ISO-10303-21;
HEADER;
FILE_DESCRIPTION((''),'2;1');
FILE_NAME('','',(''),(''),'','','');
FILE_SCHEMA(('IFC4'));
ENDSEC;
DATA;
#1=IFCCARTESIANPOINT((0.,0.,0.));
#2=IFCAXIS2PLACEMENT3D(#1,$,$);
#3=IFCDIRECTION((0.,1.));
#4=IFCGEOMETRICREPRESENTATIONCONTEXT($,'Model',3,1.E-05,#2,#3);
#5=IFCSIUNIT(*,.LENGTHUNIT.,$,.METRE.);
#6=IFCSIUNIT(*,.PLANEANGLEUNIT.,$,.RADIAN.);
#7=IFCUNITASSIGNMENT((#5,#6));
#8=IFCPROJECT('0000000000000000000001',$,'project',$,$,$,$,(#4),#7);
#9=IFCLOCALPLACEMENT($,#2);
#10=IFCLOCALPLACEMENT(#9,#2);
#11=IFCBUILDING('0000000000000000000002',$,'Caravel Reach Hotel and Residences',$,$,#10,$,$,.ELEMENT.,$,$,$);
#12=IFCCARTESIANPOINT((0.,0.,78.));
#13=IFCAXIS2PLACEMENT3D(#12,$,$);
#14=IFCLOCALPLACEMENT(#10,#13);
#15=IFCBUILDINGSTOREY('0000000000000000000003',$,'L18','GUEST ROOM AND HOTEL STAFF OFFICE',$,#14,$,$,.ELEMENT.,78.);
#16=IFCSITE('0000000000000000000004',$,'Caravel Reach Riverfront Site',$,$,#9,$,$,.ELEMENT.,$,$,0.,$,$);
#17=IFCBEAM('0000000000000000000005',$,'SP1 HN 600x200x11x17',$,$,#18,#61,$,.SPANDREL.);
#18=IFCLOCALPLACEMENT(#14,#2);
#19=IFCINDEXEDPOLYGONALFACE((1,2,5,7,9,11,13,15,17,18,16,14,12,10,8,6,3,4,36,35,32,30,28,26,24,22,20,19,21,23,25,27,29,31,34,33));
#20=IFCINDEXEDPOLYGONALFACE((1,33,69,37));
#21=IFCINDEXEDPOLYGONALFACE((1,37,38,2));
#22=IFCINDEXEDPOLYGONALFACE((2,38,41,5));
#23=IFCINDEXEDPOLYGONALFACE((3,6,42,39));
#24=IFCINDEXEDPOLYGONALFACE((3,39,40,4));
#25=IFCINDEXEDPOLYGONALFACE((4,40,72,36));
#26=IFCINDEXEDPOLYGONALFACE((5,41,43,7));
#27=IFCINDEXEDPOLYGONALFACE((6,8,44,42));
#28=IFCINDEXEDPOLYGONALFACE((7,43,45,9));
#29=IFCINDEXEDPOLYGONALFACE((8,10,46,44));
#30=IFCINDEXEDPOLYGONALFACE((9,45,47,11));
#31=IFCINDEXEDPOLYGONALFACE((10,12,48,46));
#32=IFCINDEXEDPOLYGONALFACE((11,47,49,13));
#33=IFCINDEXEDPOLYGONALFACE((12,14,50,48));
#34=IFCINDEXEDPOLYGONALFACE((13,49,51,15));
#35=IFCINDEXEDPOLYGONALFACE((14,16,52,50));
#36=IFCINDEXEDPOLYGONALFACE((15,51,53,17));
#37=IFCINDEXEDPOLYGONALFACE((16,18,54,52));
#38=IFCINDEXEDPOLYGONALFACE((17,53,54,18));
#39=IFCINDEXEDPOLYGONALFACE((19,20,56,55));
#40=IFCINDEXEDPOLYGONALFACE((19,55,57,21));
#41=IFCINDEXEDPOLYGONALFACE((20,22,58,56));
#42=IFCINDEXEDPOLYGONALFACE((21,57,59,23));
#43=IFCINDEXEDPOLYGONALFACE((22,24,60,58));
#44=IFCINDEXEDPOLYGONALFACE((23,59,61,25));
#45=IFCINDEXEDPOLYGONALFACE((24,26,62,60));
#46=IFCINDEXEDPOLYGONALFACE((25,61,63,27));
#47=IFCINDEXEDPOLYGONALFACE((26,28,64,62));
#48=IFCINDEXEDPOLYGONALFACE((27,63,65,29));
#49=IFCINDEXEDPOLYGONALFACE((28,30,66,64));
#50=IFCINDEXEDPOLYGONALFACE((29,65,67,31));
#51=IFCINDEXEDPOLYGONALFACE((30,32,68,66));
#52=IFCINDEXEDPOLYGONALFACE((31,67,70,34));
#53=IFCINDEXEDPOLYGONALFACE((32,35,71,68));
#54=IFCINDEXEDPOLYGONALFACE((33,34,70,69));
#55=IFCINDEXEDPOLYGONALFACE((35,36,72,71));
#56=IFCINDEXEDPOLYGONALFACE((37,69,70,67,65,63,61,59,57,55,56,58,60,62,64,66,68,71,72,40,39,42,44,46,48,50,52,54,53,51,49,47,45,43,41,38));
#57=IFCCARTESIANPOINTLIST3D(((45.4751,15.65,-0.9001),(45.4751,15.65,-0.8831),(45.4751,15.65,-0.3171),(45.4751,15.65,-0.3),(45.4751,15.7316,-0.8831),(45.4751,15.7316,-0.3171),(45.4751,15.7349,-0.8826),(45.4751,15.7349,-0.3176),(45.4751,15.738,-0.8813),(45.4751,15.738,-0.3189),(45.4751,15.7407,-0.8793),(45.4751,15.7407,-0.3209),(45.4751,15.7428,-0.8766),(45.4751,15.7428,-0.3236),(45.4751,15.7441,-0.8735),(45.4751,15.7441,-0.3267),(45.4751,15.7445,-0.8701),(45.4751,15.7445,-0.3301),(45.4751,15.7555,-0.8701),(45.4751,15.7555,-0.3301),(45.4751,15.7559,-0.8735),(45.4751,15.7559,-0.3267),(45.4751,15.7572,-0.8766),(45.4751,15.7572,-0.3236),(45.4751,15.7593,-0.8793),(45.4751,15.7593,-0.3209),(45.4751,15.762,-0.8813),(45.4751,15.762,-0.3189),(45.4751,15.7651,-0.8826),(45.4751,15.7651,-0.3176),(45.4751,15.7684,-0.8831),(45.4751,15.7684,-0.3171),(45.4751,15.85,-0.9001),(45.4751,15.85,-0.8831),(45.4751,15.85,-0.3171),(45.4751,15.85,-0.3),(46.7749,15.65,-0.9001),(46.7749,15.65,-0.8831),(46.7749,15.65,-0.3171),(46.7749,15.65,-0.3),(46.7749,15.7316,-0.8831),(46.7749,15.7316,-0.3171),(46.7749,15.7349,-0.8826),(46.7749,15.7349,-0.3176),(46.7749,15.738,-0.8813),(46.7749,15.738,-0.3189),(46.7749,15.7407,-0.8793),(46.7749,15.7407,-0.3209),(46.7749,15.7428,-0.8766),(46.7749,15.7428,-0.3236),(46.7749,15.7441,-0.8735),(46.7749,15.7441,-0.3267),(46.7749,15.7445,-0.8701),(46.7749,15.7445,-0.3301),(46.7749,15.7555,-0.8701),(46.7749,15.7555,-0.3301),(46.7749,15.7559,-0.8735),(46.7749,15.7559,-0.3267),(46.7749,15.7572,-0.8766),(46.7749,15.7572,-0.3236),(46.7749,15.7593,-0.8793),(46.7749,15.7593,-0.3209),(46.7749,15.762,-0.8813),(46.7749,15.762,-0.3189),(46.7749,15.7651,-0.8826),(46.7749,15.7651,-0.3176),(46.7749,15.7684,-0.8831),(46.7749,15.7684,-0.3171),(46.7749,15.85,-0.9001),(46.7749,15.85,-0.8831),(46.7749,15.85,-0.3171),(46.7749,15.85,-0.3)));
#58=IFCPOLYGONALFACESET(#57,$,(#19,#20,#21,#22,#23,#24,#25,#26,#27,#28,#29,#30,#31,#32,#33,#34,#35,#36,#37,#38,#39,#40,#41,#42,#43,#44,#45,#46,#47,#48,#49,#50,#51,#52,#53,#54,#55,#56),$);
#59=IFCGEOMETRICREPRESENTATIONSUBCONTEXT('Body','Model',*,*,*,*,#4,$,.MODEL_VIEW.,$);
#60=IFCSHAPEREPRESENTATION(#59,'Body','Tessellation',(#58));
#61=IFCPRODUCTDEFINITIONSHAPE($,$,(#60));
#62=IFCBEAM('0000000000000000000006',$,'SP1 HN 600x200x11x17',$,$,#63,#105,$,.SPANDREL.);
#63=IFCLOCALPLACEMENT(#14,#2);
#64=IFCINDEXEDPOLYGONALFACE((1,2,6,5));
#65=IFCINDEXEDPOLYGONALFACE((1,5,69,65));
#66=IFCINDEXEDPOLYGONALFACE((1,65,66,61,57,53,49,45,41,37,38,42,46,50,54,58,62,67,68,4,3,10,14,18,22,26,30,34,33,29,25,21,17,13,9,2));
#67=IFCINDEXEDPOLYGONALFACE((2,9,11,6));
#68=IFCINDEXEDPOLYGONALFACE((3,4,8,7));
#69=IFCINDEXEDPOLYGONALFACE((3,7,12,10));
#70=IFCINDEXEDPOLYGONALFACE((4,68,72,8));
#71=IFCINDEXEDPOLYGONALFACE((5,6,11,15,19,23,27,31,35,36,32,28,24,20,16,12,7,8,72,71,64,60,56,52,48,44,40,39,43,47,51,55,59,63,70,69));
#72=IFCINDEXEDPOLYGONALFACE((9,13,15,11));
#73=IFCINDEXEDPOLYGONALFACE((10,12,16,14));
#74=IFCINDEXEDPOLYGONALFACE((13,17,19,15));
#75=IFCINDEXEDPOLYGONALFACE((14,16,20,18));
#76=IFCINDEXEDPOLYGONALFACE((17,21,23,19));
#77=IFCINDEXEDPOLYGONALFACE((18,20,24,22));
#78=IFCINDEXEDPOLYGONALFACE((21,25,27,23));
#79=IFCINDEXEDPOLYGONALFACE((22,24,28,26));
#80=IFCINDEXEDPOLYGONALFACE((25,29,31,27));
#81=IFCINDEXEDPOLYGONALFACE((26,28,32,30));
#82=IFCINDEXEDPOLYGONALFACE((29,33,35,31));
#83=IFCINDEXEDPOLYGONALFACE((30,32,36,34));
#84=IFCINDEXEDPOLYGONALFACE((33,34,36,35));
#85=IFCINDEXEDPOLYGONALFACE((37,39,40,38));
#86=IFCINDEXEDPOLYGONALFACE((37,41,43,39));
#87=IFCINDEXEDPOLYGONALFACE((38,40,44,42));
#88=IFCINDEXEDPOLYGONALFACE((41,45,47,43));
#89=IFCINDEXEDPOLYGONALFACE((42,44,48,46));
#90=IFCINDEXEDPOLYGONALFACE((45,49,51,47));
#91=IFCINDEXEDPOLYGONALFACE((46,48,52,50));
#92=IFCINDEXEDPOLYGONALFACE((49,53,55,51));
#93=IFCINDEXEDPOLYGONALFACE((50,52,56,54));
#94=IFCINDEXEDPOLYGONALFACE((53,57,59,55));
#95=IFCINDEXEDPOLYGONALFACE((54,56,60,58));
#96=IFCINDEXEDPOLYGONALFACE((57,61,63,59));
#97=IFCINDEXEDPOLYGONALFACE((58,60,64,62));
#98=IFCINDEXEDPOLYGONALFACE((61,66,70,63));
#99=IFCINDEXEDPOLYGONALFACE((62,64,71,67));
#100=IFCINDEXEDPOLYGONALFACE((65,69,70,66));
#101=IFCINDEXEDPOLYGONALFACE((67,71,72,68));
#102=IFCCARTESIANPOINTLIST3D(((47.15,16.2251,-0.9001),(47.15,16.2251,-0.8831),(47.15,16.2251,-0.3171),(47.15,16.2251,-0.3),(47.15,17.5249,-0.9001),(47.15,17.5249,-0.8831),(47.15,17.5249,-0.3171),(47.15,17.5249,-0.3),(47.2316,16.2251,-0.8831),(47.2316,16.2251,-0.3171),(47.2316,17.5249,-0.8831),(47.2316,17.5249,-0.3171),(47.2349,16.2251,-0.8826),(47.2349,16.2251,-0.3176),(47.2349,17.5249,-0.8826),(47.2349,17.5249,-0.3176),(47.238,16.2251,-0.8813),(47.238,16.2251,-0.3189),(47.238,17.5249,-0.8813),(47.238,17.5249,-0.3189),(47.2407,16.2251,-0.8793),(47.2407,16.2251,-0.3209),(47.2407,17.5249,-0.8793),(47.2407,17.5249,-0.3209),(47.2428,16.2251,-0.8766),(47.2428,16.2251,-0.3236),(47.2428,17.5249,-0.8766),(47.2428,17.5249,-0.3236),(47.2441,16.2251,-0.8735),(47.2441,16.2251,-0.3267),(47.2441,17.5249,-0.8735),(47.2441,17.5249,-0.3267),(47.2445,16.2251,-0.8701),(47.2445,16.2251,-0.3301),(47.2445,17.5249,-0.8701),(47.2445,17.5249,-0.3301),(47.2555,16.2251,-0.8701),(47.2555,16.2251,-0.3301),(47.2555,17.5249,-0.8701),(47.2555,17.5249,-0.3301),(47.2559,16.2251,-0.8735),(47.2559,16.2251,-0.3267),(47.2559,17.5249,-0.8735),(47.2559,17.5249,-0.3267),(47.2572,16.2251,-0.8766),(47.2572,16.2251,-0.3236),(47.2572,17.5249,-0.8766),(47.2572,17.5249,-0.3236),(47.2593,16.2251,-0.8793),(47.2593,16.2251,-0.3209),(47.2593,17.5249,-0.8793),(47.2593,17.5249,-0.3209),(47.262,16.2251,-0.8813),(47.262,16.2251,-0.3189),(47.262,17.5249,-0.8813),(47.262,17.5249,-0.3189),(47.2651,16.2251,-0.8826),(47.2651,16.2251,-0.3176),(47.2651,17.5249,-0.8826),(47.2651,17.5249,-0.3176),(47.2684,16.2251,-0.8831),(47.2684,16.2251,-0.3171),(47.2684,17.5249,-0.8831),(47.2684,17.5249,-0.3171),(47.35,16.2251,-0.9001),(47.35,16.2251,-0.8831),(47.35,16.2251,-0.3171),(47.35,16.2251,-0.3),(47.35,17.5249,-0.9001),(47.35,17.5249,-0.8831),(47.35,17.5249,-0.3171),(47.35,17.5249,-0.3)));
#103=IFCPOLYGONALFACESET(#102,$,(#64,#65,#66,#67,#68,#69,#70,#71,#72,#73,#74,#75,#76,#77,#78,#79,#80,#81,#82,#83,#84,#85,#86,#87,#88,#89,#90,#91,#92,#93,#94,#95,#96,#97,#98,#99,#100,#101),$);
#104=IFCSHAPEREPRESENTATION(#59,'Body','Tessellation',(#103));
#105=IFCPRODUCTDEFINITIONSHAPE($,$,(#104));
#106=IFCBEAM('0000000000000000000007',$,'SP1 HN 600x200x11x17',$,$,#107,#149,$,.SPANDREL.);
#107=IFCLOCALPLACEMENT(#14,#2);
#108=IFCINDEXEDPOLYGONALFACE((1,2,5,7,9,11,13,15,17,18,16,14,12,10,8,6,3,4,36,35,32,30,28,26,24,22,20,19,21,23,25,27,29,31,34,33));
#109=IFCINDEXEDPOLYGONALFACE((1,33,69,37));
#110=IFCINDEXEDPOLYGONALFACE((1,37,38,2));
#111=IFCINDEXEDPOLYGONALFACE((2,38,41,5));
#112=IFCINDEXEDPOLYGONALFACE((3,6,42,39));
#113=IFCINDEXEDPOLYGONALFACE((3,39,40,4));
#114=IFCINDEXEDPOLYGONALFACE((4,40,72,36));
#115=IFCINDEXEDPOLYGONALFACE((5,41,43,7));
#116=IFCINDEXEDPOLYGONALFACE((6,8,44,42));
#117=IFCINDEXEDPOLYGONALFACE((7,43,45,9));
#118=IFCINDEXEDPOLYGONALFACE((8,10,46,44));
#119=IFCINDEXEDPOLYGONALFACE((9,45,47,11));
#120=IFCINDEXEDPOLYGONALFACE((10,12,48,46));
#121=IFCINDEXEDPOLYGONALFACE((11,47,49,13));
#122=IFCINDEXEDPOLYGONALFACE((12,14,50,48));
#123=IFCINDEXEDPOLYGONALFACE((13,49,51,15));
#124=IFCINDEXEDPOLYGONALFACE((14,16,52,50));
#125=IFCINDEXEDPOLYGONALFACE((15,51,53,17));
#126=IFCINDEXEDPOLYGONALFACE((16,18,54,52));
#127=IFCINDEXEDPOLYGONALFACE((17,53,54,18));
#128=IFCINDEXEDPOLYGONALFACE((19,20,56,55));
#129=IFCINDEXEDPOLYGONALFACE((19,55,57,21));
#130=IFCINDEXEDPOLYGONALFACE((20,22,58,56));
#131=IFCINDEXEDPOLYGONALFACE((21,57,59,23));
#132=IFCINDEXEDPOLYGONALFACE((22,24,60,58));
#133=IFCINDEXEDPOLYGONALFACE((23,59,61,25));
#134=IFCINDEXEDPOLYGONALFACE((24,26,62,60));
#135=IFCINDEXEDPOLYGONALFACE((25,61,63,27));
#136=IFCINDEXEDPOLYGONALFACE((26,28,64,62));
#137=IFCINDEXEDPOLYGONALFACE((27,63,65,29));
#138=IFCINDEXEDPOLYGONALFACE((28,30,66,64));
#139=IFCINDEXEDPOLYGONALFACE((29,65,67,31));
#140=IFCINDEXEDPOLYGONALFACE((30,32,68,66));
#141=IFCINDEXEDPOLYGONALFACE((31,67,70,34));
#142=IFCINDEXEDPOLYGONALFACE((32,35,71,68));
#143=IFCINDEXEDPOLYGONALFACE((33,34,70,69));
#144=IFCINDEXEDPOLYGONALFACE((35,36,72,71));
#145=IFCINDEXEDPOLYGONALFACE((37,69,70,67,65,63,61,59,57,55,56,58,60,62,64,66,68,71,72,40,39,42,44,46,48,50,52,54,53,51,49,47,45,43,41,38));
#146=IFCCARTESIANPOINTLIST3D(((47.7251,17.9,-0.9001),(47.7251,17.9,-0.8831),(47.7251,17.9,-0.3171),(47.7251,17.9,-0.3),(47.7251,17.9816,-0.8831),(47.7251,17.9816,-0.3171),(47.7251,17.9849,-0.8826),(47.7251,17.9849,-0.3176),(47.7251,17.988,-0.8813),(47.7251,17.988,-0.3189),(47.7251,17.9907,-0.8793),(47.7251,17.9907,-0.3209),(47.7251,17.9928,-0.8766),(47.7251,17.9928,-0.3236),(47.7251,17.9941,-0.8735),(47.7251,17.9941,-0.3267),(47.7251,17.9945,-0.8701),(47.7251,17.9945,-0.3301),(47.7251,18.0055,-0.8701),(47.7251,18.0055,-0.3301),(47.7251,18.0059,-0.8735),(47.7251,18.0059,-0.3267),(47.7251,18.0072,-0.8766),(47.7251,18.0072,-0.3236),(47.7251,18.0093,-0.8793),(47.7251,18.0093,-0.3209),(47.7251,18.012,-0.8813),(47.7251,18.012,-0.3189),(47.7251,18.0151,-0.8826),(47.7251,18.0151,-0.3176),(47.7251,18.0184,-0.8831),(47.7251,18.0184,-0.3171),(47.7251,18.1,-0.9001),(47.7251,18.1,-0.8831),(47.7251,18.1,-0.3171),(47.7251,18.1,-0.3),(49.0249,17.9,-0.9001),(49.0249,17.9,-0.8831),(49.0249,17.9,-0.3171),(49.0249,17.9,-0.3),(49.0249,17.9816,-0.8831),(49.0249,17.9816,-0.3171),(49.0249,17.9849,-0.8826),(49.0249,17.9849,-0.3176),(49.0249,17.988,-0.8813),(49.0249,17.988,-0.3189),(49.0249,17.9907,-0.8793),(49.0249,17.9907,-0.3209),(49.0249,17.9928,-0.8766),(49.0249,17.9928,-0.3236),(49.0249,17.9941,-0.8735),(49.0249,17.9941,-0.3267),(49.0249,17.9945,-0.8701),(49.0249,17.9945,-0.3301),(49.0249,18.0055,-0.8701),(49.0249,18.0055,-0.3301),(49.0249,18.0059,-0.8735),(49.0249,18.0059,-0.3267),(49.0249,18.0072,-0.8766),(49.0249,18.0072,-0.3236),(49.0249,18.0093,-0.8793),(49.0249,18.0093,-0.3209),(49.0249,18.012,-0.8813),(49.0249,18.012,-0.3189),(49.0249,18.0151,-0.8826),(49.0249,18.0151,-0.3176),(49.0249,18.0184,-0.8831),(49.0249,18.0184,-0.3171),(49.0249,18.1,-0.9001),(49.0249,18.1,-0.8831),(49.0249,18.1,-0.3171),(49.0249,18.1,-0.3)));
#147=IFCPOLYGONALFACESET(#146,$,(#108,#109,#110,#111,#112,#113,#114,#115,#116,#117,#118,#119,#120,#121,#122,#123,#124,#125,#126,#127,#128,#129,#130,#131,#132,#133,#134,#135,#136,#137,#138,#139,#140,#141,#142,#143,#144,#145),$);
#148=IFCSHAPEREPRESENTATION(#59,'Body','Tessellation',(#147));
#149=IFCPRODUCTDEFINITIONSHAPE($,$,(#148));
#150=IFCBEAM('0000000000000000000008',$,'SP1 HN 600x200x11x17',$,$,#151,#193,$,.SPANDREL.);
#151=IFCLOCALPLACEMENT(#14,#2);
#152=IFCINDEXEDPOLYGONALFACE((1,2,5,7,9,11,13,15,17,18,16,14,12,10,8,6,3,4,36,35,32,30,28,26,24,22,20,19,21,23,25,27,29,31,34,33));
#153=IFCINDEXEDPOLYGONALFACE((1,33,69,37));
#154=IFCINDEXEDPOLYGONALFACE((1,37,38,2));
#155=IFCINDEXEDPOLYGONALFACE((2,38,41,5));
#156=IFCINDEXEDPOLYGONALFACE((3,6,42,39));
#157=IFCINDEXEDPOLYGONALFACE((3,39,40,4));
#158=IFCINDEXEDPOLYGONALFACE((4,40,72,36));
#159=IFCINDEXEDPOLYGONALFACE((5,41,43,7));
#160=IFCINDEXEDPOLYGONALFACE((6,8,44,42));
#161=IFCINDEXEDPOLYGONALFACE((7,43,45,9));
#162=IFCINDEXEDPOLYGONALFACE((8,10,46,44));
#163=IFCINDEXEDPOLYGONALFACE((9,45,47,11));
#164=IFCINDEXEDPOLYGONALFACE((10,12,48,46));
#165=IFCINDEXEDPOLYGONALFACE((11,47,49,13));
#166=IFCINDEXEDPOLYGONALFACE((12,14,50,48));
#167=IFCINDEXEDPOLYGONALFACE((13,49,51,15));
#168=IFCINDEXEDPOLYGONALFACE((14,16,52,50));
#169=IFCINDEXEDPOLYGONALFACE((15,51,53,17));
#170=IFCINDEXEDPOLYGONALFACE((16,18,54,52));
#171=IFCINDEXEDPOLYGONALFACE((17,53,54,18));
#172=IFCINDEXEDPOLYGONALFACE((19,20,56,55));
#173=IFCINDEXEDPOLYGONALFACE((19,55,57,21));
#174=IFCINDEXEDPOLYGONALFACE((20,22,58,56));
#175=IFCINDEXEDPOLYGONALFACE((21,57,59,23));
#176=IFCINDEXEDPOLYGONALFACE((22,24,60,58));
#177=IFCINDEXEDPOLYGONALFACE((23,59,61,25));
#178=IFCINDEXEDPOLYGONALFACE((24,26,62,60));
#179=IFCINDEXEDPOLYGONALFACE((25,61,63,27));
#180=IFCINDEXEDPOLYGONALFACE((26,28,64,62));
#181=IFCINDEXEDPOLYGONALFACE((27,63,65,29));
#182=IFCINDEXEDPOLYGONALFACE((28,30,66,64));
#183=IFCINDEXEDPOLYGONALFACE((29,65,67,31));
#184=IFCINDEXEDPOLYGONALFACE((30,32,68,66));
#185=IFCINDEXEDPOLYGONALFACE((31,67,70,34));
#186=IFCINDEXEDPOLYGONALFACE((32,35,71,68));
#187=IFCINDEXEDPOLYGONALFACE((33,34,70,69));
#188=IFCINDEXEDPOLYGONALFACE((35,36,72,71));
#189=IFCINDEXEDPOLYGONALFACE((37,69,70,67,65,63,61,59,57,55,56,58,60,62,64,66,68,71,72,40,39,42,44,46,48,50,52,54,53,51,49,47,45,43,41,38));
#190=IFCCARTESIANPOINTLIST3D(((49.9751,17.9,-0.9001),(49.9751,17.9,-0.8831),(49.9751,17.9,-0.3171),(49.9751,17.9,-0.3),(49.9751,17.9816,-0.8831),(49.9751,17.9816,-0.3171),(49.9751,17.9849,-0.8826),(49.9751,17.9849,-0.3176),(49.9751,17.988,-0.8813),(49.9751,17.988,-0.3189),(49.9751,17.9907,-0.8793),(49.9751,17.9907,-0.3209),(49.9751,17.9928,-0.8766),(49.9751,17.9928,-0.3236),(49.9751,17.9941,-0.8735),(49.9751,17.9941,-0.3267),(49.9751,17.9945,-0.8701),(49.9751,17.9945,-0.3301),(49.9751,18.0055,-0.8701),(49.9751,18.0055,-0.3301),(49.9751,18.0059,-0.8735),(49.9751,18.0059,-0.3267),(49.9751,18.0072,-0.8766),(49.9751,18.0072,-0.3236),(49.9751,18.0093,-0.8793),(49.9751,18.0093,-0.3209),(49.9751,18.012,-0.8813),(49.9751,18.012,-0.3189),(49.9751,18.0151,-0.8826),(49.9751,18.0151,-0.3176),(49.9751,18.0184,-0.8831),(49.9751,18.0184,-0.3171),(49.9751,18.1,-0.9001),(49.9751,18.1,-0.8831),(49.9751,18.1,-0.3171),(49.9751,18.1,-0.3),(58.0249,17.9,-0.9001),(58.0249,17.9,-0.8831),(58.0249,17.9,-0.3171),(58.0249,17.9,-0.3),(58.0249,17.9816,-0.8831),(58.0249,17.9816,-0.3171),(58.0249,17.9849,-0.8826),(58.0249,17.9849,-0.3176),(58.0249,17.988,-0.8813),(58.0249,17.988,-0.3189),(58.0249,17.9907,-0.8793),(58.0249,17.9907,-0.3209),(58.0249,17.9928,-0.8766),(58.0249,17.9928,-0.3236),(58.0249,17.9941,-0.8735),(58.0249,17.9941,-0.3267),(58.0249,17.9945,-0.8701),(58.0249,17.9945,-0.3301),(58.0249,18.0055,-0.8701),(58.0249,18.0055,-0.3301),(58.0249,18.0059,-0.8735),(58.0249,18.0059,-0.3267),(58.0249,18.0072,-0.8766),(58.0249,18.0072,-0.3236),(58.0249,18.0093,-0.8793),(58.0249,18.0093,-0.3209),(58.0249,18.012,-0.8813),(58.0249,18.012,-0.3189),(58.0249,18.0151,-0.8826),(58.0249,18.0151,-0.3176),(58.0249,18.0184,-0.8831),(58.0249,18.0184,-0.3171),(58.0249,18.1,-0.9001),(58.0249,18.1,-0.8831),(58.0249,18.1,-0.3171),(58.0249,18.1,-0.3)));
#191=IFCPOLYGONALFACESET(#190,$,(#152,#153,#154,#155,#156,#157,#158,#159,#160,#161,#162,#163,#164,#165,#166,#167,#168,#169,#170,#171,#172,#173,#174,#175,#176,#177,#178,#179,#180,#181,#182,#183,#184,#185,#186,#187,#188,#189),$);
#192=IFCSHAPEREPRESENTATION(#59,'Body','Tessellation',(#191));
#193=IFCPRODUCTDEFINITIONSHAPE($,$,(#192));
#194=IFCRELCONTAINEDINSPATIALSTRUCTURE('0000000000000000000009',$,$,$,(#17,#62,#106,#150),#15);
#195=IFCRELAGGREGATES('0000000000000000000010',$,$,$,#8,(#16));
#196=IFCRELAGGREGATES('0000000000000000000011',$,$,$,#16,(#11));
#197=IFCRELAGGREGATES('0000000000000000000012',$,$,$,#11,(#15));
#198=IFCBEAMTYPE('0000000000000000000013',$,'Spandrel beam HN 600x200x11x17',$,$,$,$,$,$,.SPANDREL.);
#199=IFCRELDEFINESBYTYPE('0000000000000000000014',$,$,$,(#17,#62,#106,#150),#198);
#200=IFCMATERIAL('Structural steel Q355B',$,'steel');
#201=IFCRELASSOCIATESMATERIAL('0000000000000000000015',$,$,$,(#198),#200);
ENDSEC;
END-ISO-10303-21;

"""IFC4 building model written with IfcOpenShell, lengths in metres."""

from ifc_helpers import new_model, si_unit, direction, frame, origin, origin_2d, place, context, subcontext, project, spatial, i_section, extrude, material, material_profile, profile_set, type_object, element, save


model = new_model("IFC4")

# Units and contexts
model_context = context("Model", 3, precision=1e-05, world=origin(), true_north=direction((0.0, 1.0)))
body_context = subcontext(model_context, "Body", "Model", "MODEL_VIEW")
ifc_project = project(units=[si_unit("LENGTHUNIT", "METRE"), si_unit("PLANEANGLEUNIT", "RADIAN")], contexts=[model_context])

# Site, building, storey
site_placement = place(None, origin())
site = spatial("IfcSite", under=ifc_project, at=site_placement, Name="Caravel Reach Riverfront Site", CompositionType="ELEMENT", RefElevation=0.0)
building_placement = place(site_placement, origin())
building = spatial("IfcBuilding", under=site, at=building_placement, Name="Caravel Reach Hotel and Residences", CompositionType="ELEMENT")
storey_placement = place(building_placement, frame((0.0, 0.0, 78.0)))
storey = spatial("IfcBuildingStorey", under=building, at=storey_placement, Name="L18", Description="GUEST ROOM AND HOTEL STAFF OFFICE", CompositionType="ELEMENT", Elevation=78.0)

# Beams
ifc_material_1 = material(Name="Structural steel Q355B", Category="steel")
ifc_material_profile_1 = material_profile(ifc_material_1, i_section(OverallWidth=0.2, OverallDepth=0.6001, WebThickness=0.011, FlangeThickness=0.0171, FilletRadius=0.0129, at=origin_2d()), Name="HN 600x200x11x17")
ifc_profile_set_1 = profile_set([ifc_material_profile_1], Name="Structural steel Q355B")
beam_type_1 = type_object("IfcBeamType", Name="Spandrel beam HN 600x200x11x17", PredefinedType="SPANDREL", material=ifc_profile_set_1)
for number, where, z_axis, x_axis, name in (
    (1, (45.4751, 15.75, -0.6001), (1.0, 0.0, 0.0), (0.0, 1.0, 0.0), "SP1 HN 600x200x11x17"),
    (2, (47.25, 16.2251, -0.6001), (0.0, 1.0, 0.0), (-1.0, 0.0, 0.0), "SP1 HN 600x200x11x17"),
    (3, (47.7251, 18.0, -0.6001), (1.0, 0.0, 0.0), (0.0, 1.0, 0.0), "SP1 HN 600x200x11x17"),
):
    element("IfcBeam", number, at=place(storey_placement, frame(where, z_axis=z_axis, x_axis=x_axis)), inside=storey, type_object=beam_type_1, Name=name, PredefinedType="SPANDREL", context=body_context, shape_type="SweptSolid", body=[
        extrude(i_section(OverallWidth=0.2, OverallDepth=0.6001, WebThickness=0.011, FlangeThickness=0.0171, FilletRadius=0.0129, at=origin_2d()), origin(), (0.0, 0.0, 1.0), 1.2998),
    ])
beam_1_placement = place(storey_placement, frame((49.9751, 18.0, -0.6001), z_axis=(1.0, 0.0, 0.0), x_axis=(0.0, 1.0, 0.0)))
element("IfcBeam", 4, at=beam_1_placement, inside=storey, type_object=beam_type_1, Name="SP1 HN 600x200x11x17", PredefinedType="SPANDREL", context=body_context, shape_type="SweptSolid", body=[
    extrude(i_section(OverallWidth=0.2, OverallDepth=0.6001, WebThickness=0.011, FlangeThickness=0.0171, FilletRadius=0.0129, at=origin_2d()), origin(), (0.0, 0.0, 1.0), 8.0498),
])

save(model, "model.ifc")
